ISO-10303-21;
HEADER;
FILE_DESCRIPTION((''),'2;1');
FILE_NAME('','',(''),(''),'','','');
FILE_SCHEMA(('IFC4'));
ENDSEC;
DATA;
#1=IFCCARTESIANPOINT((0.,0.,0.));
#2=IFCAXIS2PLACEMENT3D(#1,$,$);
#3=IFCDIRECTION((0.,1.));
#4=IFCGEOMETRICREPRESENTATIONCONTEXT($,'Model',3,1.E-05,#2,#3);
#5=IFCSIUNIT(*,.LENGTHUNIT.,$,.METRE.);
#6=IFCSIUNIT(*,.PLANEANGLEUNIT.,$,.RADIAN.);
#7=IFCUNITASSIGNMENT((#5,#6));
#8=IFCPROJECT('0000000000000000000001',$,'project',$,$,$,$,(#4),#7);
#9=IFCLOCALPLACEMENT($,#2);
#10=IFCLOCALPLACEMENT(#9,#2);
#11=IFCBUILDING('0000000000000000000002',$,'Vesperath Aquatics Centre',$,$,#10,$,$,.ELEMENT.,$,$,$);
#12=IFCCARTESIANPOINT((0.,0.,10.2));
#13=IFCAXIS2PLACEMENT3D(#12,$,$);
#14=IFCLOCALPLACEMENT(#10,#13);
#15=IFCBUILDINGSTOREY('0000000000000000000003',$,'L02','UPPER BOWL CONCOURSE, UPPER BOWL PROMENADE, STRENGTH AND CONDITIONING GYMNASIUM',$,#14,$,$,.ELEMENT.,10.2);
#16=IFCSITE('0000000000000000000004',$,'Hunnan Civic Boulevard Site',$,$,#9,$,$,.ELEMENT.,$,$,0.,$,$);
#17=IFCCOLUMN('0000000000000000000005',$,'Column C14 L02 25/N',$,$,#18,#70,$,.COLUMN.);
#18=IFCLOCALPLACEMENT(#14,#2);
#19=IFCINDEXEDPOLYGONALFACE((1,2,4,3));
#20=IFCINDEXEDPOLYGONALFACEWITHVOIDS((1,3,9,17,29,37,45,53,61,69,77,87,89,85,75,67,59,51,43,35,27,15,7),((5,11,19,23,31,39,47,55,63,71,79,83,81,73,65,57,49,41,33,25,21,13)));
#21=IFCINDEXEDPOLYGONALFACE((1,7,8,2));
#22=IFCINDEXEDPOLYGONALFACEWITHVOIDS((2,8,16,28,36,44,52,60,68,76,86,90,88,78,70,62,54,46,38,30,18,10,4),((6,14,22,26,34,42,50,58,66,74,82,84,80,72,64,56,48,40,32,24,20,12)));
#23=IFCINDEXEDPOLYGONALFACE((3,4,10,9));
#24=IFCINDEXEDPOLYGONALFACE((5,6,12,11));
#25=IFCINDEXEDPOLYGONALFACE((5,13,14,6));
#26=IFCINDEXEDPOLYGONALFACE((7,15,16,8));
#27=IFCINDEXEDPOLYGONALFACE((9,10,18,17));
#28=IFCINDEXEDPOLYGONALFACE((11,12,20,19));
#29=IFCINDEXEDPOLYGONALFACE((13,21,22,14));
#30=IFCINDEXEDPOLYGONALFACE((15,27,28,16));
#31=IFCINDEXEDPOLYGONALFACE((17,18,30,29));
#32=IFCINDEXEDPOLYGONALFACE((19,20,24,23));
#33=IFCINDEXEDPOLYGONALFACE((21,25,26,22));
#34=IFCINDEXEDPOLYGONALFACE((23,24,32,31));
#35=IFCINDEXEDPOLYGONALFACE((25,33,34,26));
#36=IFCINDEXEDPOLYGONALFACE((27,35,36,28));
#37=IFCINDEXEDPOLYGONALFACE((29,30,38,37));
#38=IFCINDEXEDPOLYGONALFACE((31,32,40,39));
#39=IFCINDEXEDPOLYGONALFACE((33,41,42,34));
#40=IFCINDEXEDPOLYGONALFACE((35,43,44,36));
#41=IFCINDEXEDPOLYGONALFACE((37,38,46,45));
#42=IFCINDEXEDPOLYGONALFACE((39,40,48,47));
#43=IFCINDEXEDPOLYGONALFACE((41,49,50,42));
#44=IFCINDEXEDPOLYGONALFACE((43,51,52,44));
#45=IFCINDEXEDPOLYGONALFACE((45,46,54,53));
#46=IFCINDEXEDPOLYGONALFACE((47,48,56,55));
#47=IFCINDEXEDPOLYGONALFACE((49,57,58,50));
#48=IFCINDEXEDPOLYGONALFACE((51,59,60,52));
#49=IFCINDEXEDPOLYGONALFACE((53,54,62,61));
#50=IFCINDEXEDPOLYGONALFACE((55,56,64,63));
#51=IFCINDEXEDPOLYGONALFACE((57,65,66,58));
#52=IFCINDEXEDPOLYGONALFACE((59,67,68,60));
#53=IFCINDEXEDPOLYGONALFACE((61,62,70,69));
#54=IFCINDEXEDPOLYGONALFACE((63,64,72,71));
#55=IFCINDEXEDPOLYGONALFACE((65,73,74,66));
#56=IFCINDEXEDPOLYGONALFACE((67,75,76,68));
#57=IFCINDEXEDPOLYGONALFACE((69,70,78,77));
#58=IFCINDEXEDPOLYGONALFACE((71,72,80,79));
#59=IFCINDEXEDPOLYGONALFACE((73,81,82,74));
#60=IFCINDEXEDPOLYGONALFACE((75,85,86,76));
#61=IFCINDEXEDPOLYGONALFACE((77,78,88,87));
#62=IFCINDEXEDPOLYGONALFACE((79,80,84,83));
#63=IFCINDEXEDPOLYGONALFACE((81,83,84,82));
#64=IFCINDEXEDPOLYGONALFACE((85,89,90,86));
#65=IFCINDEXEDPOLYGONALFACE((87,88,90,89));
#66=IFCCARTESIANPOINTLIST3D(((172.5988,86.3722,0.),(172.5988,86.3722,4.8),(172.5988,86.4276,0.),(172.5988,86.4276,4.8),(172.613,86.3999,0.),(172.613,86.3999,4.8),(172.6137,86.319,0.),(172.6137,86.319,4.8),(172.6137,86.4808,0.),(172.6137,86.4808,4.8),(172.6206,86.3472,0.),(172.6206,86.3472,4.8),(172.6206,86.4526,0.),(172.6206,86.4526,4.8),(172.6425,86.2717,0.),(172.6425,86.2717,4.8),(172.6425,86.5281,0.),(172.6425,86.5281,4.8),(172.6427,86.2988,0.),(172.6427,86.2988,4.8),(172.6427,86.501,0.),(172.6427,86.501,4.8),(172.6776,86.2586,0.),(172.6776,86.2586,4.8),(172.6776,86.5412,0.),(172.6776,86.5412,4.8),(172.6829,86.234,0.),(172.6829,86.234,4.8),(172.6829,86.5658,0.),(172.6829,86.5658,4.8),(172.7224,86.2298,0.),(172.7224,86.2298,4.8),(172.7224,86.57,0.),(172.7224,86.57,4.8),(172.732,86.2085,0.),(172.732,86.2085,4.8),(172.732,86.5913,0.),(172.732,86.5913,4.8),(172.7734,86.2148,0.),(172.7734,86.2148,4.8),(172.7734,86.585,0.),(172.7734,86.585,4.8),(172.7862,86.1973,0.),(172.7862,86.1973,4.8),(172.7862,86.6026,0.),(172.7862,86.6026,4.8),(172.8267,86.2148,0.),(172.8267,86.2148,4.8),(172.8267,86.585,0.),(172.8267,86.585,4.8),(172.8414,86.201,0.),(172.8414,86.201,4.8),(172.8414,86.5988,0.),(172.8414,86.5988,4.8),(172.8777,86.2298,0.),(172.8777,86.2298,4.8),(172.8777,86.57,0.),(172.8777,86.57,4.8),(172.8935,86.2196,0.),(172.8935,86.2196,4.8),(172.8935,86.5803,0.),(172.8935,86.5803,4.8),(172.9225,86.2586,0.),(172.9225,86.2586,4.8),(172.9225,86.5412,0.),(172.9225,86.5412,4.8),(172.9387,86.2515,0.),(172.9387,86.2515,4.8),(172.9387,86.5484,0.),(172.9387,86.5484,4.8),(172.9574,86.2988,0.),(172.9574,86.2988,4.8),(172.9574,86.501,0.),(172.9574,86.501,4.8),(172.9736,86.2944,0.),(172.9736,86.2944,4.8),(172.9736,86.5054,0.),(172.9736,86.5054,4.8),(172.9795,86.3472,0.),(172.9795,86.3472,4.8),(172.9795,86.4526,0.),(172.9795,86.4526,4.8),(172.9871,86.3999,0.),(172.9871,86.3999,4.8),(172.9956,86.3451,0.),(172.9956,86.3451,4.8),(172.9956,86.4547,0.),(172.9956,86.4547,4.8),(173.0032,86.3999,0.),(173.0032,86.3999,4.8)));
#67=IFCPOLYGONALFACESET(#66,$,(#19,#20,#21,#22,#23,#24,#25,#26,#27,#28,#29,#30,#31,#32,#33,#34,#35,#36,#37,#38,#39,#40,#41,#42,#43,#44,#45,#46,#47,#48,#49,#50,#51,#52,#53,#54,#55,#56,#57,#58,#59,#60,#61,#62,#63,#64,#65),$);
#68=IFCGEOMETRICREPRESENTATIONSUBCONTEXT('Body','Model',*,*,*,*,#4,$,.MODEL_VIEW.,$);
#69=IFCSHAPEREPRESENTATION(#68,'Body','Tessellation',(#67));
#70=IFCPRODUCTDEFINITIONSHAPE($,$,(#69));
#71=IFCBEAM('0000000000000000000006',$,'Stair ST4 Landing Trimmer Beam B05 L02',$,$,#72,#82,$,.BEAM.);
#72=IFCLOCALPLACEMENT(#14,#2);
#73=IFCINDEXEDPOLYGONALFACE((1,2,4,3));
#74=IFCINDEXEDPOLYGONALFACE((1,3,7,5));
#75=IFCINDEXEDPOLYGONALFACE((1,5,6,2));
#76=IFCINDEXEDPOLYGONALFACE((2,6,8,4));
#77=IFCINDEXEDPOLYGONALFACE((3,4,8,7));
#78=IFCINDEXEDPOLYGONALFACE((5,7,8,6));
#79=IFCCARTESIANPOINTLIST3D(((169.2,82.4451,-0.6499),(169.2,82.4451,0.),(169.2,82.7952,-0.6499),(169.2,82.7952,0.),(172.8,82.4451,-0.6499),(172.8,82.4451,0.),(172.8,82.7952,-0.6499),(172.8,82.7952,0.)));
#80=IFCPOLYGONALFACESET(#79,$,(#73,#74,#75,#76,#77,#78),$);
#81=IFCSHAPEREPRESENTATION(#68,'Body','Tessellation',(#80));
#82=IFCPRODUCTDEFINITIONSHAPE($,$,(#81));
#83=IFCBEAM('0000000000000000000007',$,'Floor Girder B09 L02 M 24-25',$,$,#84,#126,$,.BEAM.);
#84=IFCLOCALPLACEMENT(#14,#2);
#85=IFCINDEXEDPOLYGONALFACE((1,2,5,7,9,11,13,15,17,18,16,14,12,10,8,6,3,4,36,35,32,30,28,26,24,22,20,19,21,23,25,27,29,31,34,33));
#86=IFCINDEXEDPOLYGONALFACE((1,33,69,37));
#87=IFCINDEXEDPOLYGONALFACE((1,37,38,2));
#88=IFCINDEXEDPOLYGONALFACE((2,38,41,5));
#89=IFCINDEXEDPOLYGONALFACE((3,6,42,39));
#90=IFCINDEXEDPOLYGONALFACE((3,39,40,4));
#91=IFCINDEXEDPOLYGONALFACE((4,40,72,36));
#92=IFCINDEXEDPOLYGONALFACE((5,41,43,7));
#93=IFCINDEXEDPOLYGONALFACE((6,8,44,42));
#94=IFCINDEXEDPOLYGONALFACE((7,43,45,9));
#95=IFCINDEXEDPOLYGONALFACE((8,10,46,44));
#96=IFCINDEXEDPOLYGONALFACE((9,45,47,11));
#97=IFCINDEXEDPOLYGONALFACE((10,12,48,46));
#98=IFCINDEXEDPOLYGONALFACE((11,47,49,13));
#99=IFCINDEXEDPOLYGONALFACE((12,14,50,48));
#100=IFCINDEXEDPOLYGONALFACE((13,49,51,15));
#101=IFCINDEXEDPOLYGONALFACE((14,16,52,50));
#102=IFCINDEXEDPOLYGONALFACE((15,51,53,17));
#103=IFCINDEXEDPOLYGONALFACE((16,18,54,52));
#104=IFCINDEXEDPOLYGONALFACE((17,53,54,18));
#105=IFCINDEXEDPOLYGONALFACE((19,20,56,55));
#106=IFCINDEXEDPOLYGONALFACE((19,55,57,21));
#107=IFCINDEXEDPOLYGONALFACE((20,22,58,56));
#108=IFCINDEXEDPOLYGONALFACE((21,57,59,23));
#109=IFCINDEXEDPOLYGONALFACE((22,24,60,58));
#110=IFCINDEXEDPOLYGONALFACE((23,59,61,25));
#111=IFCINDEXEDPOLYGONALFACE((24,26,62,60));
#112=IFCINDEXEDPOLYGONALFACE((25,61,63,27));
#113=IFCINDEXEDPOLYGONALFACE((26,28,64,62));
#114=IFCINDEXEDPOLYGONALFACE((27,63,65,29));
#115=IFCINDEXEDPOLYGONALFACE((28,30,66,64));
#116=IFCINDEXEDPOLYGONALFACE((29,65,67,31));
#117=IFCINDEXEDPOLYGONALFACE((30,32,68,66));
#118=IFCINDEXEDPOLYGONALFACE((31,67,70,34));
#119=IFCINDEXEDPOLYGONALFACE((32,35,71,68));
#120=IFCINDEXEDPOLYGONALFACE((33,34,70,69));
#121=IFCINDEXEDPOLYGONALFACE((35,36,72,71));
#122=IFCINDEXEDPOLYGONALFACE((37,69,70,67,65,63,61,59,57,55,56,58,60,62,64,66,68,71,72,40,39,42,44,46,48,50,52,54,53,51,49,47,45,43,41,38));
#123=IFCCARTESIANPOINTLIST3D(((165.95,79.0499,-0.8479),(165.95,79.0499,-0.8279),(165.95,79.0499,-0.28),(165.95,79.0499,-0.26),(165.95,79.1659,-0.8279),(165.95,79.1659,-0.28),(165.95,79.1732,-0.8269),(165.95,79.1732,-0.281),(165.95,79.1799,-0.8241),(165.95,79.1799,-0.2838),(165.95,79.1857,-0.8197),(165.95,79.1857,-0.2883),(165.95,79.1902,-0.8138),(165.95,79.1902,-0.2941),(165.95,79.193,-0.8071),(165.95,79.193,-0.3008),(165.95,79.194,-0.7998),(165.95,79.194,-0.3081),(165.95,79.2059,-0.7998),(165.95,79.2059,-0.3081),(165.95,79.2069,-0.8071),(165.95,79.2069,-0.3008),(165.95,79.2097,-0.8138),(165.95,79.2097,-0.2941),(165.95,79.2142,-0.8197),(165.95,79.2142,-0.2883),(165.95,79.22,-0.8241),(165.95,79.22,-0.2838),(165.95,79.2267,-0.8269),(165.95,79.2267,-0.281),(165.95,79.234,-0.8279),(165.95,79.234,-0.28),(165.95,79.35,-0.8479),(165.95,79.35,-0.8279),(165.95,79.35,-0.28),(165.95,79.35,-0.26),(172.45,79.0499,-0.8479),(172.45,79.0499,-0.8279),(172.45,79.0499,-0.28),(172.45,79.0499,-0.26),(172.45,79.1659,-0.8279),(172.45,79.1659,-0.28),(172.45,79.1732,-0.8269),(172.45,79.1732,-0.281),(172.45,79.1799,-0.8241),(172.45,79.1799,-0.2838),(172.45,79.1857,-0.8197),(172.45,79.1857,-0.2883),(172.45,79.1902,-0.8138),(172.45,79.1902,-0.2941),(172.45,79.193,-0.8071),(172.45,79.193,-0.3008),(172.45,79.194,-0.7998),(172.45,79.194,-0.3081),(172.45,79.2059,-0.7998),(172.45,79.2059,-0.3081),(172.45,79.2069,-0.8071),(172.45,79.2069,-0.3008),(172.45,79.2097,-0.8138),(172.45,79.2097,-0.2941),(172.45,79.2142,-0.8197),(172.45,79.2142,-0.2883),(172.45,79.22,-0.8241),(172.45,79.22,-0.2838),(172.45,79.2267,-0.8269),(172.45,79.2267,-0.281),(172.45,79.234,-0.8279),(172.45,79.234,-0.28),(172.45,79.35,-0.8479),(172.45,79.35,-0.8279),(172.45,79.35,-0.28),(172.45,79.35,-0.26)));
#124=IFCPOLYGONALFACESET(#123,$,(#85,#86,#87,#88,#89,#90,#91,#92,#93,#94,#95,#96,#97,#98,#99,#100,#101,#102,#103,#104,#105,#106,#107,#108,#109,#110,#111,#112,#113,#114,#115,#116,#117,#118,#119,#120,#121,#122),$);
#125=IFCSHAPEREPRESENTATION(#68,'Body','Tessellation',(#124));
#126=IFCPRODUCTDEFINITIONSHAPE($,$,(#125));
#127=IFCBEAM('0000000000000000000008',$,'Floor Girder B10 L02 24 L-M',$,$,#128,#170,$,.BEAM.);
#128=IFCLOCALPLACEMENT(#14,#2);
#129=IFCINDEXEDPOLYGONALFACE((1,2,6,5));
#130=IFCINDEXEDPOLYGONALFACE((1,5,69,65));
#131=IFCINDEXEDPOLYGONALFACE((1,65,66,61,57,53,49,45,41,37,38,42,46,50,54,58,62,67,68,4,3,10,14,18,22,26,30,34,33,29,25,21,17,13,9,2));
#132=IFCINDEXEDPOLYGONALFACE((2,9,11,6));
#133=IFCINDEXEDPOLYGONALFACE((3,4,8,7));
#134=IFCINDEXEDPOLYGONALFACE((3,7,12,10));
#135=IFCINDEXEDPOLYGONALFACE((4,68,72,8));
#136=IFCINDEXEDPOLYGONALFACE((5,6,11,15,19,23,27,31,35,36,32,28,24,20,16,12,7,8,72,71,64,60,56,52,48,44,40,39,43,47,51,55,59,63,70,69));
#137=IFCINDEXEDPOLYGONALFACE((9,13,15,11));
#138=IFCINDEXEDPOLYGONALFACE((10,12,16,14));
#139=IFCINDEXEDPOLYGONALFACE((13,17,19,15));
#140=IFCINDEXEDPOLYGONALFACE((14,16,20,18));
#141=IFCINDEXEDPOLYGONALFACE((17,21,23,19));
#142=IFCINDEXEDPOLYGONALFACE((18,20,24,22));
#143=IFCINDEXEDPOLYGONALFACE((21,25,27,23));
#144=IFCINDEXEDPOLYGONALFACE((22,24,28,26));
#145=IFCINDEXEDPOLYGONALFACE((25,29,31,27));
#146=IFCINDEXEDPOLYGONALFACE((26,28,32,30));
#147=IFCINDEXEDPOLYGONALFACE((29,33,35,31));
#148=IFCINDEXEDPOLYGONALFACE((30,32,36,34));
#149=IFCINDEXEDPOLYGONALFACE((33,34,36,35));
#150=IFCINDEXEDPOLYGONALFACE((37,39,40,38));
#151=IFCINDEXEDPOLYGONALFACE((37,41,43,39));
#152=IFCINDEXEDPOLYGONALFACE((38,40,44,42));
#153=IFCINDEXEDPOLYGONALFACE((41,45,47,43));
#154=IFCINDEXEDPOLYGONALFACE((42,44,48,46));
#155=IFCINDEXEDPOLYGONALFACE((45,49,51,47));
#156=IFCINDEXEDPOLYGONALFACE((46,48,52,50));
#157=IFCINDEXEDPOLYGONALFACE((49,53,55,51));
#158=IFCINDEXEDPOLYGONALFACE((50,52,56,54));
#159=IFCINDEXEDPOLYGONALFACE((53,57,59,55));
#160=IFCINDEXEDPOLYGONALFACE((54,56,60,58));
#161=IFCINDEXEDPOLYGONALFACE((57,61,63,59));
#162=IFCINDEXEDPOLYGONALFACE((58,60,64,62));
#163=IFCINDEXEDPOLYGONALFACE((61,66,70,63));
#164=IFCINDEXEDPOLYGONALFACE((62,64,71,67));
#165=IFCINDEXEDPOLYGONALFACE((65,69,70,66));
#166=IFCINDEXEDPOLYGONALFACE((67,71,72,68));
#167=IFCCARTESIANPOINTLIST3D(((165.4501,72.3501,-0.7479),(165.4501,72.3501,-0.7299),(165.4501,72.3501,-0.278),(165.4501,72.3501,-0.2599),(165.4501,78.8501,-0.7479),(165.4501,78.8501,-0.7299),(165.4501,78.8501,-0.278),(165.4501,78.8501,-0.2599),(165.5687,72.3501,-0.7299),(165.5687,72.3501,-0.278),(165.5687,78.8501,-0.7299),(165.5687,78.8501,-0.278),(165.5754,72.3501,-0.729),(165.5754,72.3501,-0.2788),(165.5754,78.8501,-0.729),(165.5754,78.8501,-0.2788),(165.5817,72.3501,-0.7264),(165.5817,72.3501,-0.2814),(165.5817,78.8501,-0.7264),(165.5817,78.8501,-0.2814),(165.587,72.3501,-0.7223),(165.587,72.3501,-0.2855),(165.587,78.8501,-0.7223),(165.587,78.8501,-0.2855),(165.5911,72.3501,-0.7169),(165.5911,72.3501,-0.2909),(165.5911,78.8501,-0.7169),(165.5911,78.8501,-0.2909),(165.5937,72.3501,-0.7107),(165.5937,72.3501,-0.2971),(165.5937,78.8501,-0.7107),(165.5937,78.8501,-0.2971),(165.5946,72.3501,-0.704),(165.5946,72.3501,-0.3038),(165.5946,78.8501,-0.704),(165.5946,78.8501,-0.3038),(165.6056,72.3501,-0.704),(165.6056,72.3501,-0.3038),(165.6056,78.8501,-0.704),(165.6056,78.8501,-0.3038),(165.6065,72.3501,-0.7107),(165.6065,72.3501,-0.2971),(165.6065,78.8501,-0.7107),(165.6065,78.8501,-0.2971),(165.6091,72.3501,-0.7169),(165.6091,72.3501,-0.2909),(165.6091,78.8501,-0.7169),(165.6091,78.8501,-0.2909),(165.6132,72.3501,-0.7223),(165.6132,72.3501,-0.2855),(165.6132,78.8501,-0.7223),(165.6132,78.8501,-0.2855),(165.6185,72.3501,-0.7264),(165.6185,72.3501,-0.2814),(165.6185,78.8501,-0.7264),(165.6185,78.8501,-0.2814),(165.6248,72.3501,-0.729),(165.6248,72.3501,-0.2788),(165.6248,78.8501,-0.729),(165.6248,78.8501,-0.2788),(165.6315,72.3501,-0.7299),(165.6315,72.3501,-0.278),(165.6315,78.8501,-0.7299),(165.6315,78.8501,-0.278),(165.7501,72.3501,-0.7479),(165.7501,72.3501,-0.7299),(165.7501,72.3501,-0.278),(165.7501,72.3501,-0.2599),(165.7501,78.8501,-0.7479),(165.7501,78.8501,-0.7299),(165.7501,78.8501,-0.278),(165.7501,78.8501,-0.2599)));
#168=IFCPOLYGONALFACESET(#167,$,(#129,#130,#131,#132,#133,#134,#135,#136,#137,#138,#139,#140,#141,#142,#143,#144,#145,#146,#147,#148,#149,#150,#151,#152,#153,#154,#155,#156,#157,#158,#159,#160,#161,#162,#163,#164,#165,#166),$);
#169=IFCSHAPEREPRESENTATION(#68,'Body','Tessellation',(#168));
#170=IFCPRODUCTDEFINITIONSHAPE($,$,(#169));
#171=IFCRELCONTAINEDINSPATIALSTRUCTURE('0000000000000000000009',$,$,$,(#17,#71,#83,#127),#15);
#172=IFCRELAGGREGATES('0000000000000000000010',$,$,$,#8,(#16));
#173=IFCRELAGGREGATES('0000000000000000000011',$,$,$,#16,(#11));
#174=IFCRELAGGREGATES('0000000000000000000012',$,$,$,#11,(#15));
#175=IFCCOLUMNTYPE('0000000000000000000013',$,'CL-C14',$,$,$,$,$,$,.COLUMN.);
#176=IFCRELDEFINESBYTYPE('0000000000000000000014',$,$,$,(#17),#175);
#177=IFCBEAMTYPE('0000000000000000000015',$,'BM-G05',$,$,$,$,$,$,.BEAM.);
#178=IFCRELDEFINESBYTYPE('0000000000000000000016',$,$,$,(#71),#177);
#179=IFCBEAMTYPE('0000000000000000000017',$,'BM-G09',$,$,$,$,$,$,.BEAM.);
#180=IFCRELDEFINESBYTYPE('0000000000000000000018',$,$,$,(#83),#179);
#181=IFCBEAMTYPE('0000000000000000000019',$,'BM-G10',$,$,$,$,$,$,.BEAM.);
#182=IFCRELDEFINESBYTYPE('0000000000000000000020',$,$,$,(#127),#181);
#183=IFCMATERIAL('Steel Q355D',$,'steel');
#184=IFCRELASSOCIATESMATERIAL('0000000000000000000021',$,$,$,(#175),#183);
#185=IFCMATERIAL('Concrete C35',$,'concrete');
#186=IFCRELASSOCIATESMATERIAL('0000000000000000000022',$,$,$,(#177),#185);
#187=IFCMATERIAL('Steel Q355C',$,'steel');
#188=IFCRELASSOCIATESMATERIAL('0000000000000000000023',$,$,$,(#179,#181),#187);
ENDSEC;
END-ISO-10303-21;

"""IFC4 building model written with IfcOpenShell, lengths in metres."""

from ifc_helpers import new_model, si_unit, direction, frame, origin, origin_2d, place, context, subcontext, project, spatial, rectangle, hollow_circle, i_section, extrude, material, material_profile, profile_set, type_object, element, save


model = new_model("IFC4")

# Units and contexts
model_context = context("Model", 3, precision=1e-05, world=origin(), true_north=direction((0.0, 1.0)))
body_context = subcontext(model_context, "Body", "Model", "MODEL_VIEW")
ifc_project = project(units=[si_unit("LENGTHUNIT", "METRE"), si_unit("PLANEANGLEUNIT", "RADIAN")], contexts=[model_context])

# Site, building, storey
site_placement = place(None, origin())
site = spatial("IfcSite", under=ifc_project, at=site_placement, Name="Hunnan Civic Boulevard Site", CompositionType="ELEMENT", RefElevation=0.0)
building_placement = place(site_placement, origin())
building = spatial("IfcBuilding", under=site, at=building_placement, Name="Vesperath Aquatics Centre", CompositionType="ELEMENT")
storey_placement = place(building_placement, frame((0.0, 0.0, 10.2)))
storey = spatial("IfcBuildingStorey", under=building, at=storey_placement, Name="L02", Description="UPPER BOWL CONCOURSE, UPPER BOWL PROMENADE, STRENGTH AND CONDITIONING GYMNASIUM", CompositionType="ELEMENT", Elevation=10.2)

# Column
ifc_material_1 = material(Name="Steel Q355D", Category="steel")
ifc_material_profile_1 = material_profile(ifc_material_1, hollow_circle(Radius=0.2031, WallThickness=0.0161, at=origin_2d()), Name="CHS 406.4x16")
ifc_profile_set_1 = profile_set([ifc_material_profile_1], Name="Steel Q355D")
column_type = type_object("IfcColumnType", Name="CL-C14", PredefinedType="COLUMN", material=ifc_profile_set_1)
for number, where, z_axis, x_axis, name in (
    (1, (172.8, 86.3999, 0.0), (0.0, 0.0, 1.0), (1.0, 0.0, 0.0), "Column C14 L02 25/N"),
):
    element("IfcColumn", number, at=place(storey_placement, frame(where, z_axis=z_axis, x_axis=x_axis)), inside=storey, type_object=column_type, Name=name, PredefinedType="COLUMN", context=body_context, shape_type="SweptSolid", body=[
        extrude(hollow_circle(Radius=0.2031, WallThickness=0.0161, at=origin_2d()), origin(), (0.0, 0.0, 1.0), 4.8),
    ])

# Beams
ifc_material_2 = material(Name="Concrete C35", Category="concrete")
ifc_material_profile_2 = material_profile(ifc_material_2, rectangle(XDim=0.3501, YDim=0.6499, at=origin_2d()), Name="RC 350x650")
ifc_profile_set_2 = profile_set([ifc_material_profile_2], Name="Concrete C35")
beam_type_1 = type_object("IfcBeamType", Name="BM-G05", PredefinedType="BEAM", material=ifc_profile_set_2)
beam_1_placement = place(storey_placement, frame((169.2, 82.6201, -0.325), z_axis=(1.0, 0.0, 0.0), x_axis=(0.0, 1.0, 0.0)))
element("IfcBeam", 2, at=beam_1_placement, inside=storey, type_object=beam_type_1, Name="Stair ST4 Landing Trimmer Beam B05 L02", PredefinedType="BEAM", context=body_context, shape_type="SweptSolid", body=[
    extrude(rectangle(XDim=0.3501, YDim=0.6499, at=origin_2d()), origin(), (0.0, 0.0, 1.0), 3.6001),
])
ifc_material_3 = material(Name="Steel Q355C", Category="steel")
ifc_material_profile_3 = material_profile(ifc_material_3, i_section(OverallWidth=0.3, OverallDepth=0.5879, WebThickness=0.012, FlangeThickness=0.02, FilletRadius=0.0281, at=origin_2d()), Name="HM 588x300x12x20")
ifc_profile_set_3 = profile_set([ifc_material_profile_3], Name="Steel Q355C")
beam_type_2 = type_object("IfcBeamType", Name="BM-G09", PredefinedType="BEAM", material=ifc_profile_set_3)
beam_2_placement = place(storey_placement, frame((165.95, 79.2, -0.554), z_axis=(1.0, 0.0, 0.0), x_axis=(0.0, 1.0, 0.0)))
element("IfcBeam", 3, at=beam_2_placement, inside=storey, type_object=beam_type_2, Name="Floor Girder B09 L02 M 24-25", PredefinedType="BEAM", context=body_context, shape_type="SweptSolid", body=[
    extrude(i_section(OverallWidth=0.3, OverallDepth=0.5879, WebThickness=0.012, FlangeThickness=0.02, FilletRadius=0.0281, at=origin_2d()), origin(), (0.0, 0.0, 1.0), 6.5),
])
ifc_material_profile_4 = material_profile(ifc_material_3, i_section(OverallWidth=0.3, OverallDepth=0.488, WebThickness=0.011, FlangeThickness=0.0181, FilletRadius=0.0259, at=origin_2d()), Name="HM 488x300x11x18")
ifc_profile_set_4 = profile_set([ifc_material_profile_4], Name="Steel Q355C")
beam_type_3 = type_object("IfcBeamType", Name="BM-G10", PredefinedType="BEAM", material=ifc_profile_set_4)
for number, where, z_axis, x_axis, name in (
    (4, (165.6001, 72.3501, -0.5039), (0.0, 1.0, 0.0), (-1.0, 0.0, 0.0), "Floor Girder B10 L02 24 L-M"),
):
    element("IfcBeam", number, at=place(storey_placement, frame(where, z_axis=z_axis, x_axis=x_axis)), inside=storey, type_object=beam_type_3, Name=name, PredefinedType="BEAM", context=body_context, shape_type="SweptSolid", body=[
        extrude(i_section(OverallWidth=0.3, OverallDepth=0.488, WebThickness=0.011, FlangeThickness=0.0181, FilletRadius=0.0259, at=origin_2d()), origin(), (0.0, 0.0, 1.0), 6.5),
    ])

save(model, "model.ifc")
